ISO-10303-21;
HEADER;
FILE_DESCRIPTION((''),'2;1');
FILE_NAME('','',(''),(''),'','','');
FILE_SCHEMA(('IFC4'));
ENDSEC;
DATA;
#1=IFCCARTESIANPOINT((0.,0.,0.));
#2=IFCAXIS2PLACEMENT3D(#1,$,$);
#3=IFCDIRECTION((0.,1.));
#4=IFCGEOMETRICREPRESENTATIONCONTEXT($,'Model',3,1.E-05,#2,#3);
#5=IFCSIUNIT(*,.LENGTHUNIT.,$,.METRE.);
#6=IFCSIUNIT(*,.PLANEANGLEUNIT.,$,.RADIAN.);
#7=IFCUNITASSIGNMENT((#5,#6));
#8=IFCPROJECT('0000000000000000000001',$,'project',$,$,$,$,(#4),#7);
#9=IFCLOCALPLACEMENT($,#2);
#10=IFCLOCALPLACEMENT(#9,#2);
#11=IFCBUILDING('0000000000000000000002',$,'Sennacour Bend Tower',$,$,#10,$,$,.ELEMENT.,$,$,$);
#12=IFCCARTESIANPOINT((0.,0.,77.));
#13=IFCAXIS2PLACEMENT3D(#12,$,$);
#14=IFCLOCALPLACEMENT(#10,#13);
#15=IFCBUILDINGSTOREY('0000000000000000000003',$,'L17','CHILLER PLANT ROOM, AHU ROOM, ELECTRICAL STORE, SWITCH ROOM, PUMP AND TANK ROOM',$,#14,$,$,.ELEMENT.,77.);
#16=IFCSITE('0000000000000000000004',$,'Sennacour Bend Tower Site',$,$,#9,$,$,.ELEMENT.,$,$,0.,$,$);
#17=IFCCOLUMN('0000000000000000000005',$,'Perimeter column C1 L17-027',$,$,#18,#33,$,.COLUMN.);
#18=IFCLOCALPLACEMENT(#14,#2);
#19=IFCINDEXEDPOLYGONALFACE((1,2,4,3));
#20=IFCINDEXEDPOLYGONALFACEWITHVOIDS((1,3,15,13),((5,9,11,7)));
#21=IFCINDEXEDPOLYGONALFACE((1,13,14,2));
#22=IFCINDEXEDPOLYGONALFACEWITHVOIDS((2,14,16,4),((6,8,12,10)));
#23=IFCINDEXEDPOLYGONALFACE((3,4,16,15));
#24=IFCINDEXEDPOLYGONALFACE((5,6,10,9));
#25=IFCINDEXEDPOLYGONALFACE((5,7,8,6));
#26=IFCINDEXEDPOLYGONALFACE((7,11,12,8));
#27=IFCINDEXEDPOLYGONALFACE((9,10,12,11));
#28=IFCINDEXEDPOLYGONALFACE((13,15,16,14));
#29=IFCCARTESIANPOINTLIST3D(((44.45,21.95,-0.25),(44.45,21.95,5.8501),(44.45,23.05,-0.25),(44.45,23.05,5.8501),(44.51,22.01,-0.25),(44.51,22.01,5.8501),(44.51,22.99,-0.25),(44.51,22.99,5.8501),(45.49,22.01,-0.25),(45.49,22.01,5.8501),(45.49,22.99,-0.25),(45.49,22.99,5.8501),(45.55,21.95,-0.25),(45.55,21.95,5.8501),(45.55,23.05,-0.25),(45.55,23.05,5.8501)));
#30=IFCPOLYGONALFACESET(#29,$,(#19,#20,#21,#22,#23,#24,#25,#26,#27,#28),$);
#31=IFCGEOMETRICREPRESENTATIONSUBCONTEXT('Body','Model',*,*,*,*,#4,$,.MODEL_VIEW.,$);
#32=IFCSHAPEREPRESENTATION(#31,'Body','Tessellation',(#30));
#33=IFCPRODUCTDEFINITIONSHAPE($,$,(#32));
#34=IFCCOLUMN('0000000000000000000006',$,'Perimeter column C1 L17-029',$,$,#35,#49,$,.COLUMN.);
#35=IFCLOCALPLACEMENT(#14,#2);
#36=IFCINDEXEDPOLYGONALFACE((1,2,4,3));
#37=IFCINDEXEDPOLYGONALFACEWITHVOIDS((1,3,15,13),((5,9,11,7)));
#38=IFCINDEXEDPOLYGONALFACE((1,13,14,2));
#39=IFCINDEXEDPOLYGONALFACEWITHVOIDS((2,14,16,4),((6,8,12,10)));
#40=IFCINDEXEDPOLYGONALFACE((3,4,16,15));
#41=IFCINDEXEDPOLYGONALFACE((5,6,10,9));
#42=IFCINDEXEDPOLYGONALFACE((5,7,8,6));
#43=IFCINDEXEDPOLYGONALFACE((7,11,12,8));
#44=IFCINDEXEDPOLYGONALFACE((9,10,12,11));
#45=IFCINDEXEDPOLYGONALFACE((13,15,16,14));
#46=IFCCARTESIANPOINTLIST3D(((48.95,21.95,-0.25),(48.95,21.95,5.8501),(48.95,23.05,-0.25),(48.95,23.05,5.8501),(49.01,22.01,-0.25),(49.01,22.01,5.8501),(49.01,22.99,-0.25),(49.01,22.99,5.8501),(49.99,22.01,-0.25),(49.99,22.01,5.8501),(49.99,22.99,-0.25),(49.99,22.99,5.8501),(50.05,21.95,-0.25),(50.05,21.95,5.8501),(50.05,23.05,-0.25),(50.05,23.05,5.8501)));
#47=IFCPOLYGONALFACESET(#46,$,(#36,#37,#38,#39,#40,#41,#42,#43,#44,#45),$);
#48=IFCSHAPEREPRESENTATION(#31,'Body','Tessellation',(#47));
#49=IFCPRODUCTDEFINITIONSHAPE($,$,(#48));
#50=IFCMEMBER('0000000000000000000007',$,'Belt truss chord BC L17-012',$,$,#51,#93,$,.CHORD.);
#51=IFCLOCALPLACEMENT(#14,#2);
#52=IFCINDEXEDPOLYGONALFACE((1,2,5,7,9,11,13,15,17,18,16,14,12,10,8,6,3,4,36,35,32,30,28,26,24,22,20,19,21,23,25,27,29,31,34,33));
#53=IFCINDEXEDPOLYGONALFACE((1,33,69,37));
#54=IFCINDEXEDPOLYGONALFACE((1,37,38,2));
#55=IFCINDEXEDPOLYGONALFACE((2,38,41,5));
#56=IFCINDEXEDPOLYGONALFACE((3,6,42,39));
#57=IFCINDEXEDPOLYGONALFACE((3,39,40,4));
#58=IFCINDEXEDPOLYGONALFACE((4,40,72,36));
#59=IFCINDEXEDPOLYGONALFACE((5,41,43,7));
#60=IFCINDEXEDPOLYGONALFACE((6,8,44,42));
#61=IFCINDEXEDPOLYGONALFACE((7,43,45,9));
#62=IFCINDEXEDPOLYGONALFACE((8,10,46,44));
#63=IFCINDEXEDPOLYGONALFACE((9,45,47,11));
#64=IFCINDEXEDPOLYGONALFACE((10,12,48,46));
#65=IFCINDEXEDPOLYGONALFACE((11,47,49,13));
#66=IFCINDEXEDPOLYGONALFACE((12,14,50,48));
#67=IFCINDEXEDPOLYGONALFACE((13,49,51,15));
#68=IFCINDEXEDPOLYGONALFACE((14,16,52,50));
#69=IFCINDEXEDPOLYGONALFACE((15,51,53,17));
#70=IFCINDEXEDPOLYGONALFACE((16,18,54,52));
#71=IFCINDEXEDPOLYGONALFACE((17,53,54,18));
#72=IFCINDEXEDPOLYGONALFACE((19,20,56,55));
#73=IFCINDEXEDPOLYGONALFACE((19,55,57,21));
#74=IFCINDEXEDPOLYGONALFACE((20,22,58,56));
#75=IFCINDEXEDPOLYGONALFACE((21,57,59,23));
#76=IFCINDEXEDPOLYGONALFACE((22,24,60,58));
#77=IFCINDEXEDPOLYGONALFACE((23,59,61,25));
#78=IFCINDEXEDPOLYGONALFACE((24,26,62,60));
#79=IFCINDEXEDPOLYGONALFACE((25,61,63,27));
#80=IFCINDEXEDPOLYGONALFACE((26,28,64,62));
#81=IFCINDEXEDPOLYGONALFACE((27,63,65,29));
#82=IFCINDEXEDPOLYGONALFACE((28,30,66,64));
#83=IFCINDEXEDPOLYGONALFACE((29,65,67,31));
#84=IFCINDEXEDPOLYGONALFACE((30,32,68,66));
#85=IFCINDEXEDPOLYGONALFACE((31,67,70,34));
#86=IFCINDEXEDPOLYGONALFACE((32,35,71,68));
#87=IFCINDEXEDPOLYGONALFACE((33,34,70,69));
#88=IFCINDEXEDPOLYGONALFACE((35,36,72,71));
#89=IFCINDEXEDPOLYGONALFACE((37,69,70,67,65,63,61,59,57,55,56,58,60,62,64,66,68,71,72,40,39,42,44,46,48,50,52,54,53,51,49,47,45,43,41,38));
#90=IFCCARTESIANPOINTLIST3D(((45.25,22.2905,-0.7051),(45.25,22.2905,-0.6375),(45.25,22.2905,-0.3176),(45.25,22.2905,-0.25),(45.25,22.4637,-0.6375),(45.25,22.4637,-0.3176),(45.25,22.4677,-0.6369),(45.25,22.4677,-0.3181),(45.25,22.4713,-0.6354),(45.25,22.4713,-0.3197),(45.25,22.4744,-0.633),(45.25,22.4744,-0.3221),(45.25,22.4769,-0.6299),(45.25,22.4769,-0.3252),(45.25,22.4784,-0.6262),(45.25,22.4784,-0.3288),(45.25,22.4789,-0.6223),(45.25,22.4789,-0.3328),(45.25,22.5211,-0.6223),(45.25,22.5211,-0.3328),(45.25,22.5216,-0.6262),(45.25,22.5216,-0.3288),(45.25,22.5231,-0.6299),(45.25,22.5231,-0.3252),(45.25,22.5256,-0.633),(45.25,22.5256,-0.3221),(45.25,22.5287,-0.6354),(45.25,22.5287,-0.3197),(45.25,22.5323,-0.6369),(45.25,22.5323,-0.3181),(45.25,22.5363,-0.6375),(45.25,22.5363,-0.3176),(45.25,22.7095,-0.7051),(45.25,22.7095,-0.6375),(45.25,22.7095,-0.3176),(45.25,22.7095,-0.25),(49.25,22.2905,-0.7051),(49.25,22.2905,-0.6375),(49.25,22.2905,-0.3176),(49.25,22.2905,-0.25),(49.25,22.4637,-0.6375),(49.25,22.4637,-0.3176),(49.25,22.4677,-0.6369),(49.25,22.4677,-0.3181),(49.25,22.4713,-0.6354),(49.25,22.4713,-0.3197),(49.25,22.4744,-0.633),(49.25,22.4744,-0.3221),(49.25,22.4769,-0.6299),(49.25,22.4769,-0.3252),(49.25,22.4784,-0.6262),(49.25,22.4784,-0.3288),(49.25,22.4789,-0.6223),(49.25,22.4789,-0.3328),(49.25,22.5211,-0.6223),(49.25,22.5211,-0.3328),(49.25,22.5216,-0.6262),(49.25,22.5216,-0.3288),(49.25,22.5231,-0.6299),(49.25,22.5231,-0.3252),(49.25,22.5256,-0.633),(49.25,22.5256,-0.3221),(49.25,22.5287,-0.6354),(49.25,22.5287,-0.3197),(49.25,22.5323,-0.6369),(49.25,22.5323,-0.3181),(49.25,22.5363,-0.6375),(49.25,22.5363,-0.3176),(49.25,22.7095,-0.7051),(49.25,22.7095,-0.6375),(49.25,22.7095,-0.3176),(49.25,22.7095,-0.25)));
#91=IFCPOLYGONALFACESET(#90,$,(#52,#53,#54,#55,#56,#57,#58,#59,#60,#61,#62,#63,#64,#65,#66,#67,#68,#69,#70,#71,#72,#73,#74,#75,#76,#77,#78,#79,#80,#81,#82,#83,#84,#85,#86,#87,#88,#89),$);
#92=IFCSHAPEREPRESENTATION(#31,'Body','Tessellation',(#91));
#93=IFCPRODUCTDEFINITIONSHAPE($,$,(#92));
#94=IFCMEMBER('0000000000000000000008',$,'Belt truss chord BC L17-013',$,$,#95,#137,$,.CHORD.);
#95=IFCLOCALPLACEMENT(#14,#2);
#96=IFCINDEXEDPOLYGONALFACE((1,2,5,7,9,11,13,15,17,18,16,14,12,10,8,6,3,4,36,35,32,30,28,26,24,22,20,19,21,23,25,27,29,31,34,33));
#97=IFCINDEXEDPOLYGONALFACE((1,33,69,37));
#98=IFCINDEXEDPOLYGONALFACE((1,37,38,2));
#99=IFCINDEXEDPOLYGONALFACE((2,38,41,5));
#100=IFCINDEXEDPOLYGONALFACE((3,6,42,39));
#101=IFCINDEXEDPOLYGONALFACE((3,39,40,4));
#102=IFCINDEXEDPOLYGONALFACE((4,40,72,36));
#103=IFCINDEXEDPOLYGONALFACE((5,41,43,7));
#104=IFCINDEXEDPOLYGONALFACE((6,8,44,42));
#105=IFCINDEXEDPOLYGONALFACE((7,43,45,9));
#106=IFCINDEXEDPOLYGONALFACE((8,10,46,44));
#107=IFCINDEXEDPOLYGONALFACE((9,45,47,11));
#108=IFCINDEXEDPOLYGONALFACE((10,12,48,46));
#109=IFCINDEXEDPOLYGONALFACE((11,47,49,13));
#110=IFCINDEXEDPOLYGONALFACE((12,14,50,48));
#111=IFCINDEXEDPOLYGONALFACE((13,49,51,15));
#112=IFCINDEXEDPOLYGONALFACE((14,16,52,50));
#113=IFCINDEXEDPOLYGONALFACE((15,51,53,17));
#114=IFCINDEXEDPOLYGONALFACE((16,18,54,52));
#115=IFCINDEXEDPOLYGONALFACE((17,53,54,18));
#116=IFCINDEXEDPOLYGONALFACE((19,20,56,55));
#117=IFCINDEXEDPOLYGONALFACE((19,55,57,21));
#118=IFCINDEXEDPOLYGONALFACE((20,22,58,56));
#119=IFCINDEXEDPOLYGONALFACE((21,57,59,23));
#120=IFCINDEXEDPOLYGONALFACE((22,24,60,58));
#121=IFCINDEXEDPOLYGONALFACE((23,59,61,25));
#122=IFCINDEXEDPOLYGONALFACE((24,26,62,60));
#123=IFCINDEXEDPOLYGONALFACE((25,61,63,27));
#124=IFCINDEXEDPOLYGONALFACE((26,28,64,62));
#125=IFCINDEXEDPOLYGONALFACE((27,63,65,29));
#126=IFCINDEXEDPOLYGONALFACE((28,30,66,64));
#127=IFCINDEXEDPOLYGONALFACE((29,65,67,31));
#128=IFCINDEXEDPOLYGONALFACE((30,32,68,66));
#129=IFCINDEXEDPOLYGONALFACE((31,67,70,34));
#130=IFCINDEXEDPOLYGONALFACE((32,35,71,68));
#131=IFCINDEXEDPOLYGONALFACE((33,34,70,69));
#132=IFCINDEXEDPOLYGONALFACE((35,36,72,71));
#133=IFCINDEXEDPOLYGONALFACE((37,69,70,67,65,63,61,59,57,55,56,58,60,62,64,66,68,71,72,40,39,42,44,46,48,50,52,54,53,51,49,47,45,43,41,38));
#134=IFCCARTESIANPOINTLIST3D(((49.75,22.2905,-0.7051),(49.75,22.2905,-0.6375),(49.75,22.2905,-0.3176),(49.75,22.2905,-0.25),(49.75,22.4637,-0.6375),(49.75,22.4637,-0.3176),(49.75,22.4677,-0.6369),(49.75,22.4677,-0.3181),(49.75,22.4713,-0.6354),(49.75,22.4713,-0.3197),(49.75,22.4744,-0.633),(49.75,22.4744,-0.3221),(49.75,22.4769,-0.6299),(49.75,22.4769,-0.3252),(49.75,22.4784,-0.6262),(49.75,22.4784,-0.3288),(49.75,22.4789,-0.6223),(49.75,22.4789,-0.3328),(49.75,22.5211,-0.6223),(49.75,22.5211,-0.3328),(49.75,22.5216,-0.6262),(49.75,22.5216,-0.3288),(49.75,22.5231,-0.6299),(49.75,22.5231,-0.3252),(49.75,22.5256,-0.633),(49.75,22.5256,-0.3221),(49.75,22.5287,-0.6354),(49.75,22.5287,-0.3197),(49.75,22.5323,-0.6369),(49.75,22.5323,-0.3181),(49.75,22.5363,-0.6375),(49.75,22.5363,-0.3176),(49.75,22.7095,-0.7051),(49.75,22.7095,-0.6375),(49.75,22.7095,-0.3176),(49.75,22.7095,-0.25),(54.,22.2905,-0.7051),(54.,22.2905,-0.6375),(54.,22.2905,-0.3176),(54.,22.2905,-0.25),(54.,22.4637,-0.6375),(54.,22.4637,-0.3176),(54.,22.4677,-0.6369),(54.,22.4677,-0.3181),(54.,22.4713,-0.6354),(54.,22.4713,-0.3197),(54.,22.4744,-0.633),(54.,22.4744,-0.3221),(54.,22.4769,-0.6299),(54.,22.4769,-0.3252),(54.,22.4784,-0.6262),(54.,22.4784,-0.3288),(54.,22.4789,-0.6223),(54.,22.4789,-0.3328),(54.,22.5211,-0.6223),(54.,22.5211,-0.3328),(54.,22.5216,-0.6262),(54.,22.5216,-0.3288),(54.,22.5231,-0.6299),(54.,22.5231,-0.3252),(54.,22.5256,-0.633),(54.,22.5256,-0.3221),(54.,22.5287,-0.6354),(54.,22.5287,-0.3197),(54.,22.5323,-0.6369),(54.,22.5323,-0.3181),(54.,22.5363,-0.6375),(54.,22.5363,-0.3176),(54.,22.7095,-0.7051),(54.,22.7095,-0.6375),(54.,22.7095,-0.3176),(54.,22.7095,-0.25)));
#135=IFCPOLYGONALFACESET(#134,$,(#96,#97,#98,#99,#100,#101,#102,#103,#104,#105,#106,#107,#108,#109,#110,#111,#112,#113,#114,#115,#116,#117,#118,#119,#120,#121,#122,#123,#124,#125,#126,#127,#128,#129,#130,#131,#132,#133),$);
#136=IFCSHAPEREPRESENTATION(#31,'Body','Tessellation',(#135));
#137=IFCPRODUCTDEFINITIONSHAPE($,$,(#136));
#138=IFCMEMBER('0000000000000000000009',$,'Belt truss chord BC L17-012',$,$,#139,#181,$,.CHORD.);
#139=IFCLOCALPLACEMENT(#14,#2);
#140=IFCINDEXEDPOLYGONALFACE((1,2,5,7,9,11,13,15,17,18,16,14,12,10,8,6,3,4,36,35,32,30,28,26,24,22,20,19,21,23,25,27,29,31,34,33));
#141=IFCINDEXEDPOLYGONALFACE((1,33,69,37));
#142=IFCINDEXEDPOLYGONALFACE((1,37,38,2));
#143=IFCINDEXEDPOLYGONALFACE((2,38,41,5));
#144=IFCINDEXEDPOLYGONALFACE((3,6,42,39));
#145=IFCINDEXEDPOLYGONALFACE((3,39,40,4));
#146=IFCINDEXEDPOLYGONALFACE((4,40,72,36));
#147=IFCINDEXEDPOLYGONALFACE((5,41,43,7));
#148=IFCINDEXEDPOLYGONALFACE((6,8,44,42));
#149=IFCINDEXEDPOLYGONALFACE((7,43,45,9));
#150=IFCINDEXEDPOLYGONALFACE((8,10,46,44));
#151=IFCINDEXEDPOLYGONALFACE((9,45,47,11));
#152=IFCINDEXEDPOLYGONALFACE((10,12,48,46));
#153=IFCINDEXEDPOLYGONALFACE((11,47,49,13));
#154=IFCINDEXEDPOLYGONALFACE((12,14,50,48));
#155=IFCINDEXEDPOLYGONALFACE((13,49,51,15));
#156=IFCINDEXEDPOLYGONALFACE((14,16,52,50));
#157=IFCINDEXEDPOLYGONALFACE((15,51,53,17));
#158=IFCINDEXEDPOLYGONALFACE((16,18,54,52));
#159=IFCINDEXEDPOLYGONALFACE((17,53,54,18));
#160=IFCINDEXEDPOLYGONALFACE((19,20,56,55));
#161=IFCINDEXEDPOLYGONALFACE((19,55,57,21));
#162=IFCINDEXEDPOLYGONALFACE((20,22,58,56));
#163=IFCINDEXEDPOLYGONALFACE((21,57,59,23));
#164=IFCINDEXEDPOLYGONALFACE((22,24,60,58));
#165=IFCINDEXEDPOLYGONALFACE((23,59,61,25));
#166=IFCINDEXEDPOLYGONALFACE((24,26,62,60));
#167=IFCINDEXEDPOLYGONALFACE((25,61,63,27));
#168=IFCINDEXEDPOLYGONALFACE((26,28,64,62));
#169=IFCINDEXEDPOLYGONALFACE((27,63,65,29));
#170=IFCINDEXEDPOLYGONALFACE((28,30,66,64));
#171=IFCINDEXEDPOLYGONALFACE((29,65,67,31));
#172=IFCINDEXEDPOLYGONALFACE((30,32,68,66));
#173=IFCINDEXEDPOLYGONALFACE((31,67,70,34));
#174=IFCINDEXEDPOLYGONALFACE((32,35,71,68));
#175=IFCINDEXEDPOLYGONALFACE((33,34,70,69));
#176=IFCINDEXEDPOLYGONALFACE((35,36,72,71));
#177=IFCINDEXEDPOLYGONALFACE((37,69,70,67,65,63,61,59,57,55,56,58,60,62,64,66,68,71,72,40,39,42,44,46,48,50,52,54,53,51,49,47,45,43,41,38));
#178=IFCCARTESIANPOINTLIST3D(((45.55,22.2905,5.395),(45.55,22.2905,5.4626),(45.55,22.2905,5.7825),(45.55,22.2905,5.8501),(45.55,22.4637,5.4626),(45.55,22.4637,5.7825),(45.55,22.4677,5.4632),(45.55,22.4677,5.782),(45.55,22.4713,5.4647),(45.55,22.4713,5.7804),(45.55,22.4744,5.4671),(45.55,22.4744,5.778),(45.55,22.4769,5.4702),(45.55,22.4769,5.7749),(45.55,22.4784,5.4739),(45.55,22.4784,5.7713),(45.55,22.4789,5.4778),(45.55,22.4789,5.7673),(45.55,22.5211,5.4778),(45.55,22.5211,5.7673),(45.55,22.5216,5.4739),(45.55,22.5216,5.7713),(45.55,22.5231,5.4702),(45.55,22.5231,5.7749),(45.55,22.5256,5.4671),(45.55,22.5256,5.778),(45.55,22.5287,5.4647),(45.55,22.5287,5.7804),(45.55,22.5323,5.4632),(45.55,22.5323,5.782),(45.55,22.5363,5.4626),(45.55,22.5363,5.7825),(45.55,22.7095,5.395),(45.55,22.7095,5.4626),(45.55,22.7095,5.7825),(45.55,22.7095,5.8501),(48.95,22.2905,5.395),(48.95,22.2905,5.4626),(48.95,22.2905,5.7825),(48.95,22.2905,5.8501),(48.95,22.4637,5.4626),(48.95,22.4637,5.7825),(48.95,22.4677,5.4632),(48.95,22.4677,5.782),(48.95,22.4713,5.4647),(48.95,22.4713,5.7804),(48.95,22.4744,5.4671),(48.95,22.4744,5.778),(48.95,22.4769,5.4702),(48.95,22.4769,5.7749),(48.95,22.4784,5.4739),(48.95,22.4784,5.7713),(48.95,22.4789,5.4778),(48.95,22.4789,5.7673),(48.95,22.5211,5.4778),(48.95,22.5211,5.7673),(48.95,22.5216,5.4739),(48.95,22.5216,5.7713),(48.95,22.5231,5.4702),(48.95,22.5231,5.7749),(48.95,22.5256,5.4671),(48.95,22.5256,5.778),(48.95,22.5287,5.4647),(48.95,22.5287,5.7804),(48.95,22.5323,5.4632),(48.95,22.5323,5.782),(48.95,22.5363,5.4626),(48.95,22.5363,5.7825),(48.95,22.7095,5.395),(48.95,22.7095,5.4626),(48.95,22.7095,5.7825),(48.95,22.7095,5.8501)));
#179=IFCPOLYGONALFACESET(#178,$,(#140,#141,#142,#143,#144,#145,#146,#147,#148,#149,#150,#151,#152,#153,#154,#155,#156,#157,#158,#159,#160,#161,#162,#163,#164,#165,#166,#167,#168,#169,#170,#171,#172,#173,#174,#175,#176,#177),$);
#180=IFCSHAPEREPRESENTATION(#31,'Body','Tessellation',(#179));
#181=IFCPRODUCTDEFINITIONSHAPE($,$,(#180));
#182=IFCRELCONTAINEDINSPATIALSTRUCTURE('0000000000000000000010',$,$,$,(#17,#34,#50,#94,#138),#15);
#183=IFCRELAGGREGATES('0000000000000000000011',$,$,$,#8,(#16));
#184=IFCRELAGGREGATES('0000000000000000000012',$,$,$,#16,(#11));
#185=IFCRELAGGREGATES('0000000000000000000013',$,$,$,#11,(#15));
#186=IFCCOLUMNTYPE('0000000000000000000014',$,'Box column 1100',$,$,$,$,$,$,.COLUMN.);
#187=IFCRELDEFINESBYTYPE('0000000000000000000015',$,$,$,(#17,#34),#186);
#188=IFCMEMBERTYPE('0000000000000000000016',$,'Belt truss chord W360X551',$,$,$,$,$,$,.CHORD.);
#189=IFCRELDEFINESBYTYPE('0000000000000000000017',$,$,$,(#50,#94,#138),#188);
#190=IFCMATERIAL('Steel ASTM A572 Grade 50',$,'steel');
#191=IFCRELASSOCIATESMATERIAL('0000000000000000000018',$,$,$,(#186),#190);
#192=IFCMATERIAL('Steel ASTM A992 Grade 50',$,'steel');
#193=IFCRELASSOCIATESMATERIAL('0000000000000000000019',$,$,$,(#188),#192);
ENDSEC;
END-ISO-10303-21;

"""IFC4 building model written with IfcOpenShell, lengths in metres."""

from ifc_helpers import new_model, si_unit, direction, frame, origin, origin_2d, place, context, subcontext, project, spatial, hollow_rectangle, i_section, extrude, material, material_profile, profile_set, type_object, element, save


model = new_model("IFC4")

# Units and contexts
model_context = context("Model", 3, precision=1e-05, world=origin(), true_north=direction((0.0, 1.0)))
body_context = subcontext(model_context, "Body", "Model", "MODEL_VIEW")
ifc_project = project(units=[si_unit("LENGTHUNIT", "METRE"), si_unit("PLANEANGLEUNIT", "RADIAN")], contexts=[model_context])

# Site, building, storey
site_placement = place(None, origin())
site = spatial("IfcSite", under=ifc_project, at=site_placement, Name="Sennacour Bend Tower Site", CompositionType="ELEMENT", RefElevation=0.0)
building_placement = place(site_placement, origin())
building = spatial("IfcBuilding", under=site, at=building_placement, Name="Sennacour Bend Tower", CompositionType="ELEMENT")
storey_placement = place(building_placement, frame((0.0, 0.0, 77.0)))
storey = spatial("IfcBuildingStorey", under=building, at=storey_placement, Name="L17", Description="CHILLER PLANT ROOM, AHU ROOM, ELECTRICAL STORE, SWITCH ROOM, PUMP AND TANK ROOM", CompositionType="ELEMENT", Elevation=77.0)

# Columns
ifc_material_1 = material(Name="Steel ASTM A572 Grade 50", Category="steel")
ifc_material_profile_1 = material_profile(ifc_material_1, hollow_rectangle(XDim=1.1001, YDim=1.1001, WallThickness=0.0601, at=origin_2d()), Name="Steel ASTM A572 Grade 50", Category="steel")
ifc_profile_set_1 = profile_set([ifc_material_profile_1], Name="Steel ASTM A572 Grade 50")
column_type = type_object("IfcColumnType", Name="Box column 1100", PredefinedType="COLUMN", material=ifc_profile_set_1)
for number, where, z_axis, x_axis, name in (
    (1, (45.0, 22.5, -0.25), (0.0, 0.0, 1.0), (1.0, 0.0, 0.0), "Perimeter column C1 L17-027"),
    (2, (49.5, 22.5, -0.25), (0.0, 0.0, 1.0), (1.0, 0.0, 0.0), "Perimeter column C1 L17-029"),
):
    element("IfcColumn", number, at=place(storey_placement, frame(where, z_axis=z_axis, x_axis=x_axis)), inside=storey, type_object=column_type, Name=name, PredefinedType="COLUMN", context=body_context, shape_type="SweptSolid", body=[
        extrude(hollow_rectangle(XDim=1.1001, YDim=1.1001, WallThickness=0.0601, at=origin_2d()), origin(), (0.0, 0.0, 1.0), 6.1001),
    ])

# Members
ifc_material_2 = material(Name="Steel ASTM A992 Grade 50", Category="steel")
ifc_material_profile_2 = material_profile(ifc_material_2, i_section(OverallWidth=0.4189, OverallDepth=0.4551, WebThickness=0.0422, FlangeThickness=0.0676, FilletRadius=0.0151, at=origin_2d()), Name="Steel ASTM A992 Grade 50", Category="steel")
ifc_profile_set_2 = profile_set([ifc_material_profile_2], Name="Steel ASTM A992 Grade 50")
member_type_1 = type_object("IfcMemberType", Name="Belt truss chord W360X551", PredefinedType="CHORD", material=ifc_profile_set_2)
member_1_placement = place(storey_placement, frame((45.25, 22.5, -0.4775), z_axis=(1.0, 0.0, 0.0), x_axis=(0.0, 1.0, 0.0)))
element("IfcMember", 3, at=member_1_placement, inside=storey, type_object=member_type_1, Name="Belt truss chord BC L17-012", PredefinedType="CHORD", context=body_context, shape_type="SweptSolid", body=[
    extrude(i_section(OverallWidth=0.4189, OverallDepth=0.4551, WebThickness=0.0422, FlangeThickness=0.0676, FilletRadius=0.0151, at=origin_2d()), origin(), (0.0, 0.0, 1.0), 4.0),
])
member_2_placement = place(storey_placement, frame((49.75, 22.5, -0.4775), z_axis=(1.0, 0.0, 0.0), x_axis=(0.0, 1.0, 0.0)))
element("IfcMember", 4, at=member_2_placement, inside=storey, type_object=member_type_1, Name="Belt truss chord BC L17-013", PredefinedType="CHORD", context=body_context, shape_type="SweptSolid", body=[
    extrude(i_section(OverallWidth=0.4189, OverallDepth=0.4551, WebThickness=0.0422, FlangeThickness=0.0676, FilletRadius=0.0151, at=origin_2d()), origin(), (0.0, 0.0, 1.0), 4.25),
])
member_3_placement = place(storey_placement, frame((45.55, 22.5, 5.6226), z_axis=(1.0, 0.0, 0.0), x_axis=(0.0, 1.0, 0.0)))
element("IfcMember", 5, at=member_3_placement, inside=storey, type_object=member_type_1, Name="Belt truss chord BC L17-012", PredefinedType="CHORD", context=body_context, shape_type="SweptSolid", body=[
    extrude(i_section(OverallWidth=0.4189, OverallDepth=0.4551, WebThickness=0.0422, FlangeThickness=0.0676, FilletRadius=0.0151, at=origin_2d()), origin(), (0.0, 0.0, 1.0), 3.3999),
])

save(model, "model.ifc")
